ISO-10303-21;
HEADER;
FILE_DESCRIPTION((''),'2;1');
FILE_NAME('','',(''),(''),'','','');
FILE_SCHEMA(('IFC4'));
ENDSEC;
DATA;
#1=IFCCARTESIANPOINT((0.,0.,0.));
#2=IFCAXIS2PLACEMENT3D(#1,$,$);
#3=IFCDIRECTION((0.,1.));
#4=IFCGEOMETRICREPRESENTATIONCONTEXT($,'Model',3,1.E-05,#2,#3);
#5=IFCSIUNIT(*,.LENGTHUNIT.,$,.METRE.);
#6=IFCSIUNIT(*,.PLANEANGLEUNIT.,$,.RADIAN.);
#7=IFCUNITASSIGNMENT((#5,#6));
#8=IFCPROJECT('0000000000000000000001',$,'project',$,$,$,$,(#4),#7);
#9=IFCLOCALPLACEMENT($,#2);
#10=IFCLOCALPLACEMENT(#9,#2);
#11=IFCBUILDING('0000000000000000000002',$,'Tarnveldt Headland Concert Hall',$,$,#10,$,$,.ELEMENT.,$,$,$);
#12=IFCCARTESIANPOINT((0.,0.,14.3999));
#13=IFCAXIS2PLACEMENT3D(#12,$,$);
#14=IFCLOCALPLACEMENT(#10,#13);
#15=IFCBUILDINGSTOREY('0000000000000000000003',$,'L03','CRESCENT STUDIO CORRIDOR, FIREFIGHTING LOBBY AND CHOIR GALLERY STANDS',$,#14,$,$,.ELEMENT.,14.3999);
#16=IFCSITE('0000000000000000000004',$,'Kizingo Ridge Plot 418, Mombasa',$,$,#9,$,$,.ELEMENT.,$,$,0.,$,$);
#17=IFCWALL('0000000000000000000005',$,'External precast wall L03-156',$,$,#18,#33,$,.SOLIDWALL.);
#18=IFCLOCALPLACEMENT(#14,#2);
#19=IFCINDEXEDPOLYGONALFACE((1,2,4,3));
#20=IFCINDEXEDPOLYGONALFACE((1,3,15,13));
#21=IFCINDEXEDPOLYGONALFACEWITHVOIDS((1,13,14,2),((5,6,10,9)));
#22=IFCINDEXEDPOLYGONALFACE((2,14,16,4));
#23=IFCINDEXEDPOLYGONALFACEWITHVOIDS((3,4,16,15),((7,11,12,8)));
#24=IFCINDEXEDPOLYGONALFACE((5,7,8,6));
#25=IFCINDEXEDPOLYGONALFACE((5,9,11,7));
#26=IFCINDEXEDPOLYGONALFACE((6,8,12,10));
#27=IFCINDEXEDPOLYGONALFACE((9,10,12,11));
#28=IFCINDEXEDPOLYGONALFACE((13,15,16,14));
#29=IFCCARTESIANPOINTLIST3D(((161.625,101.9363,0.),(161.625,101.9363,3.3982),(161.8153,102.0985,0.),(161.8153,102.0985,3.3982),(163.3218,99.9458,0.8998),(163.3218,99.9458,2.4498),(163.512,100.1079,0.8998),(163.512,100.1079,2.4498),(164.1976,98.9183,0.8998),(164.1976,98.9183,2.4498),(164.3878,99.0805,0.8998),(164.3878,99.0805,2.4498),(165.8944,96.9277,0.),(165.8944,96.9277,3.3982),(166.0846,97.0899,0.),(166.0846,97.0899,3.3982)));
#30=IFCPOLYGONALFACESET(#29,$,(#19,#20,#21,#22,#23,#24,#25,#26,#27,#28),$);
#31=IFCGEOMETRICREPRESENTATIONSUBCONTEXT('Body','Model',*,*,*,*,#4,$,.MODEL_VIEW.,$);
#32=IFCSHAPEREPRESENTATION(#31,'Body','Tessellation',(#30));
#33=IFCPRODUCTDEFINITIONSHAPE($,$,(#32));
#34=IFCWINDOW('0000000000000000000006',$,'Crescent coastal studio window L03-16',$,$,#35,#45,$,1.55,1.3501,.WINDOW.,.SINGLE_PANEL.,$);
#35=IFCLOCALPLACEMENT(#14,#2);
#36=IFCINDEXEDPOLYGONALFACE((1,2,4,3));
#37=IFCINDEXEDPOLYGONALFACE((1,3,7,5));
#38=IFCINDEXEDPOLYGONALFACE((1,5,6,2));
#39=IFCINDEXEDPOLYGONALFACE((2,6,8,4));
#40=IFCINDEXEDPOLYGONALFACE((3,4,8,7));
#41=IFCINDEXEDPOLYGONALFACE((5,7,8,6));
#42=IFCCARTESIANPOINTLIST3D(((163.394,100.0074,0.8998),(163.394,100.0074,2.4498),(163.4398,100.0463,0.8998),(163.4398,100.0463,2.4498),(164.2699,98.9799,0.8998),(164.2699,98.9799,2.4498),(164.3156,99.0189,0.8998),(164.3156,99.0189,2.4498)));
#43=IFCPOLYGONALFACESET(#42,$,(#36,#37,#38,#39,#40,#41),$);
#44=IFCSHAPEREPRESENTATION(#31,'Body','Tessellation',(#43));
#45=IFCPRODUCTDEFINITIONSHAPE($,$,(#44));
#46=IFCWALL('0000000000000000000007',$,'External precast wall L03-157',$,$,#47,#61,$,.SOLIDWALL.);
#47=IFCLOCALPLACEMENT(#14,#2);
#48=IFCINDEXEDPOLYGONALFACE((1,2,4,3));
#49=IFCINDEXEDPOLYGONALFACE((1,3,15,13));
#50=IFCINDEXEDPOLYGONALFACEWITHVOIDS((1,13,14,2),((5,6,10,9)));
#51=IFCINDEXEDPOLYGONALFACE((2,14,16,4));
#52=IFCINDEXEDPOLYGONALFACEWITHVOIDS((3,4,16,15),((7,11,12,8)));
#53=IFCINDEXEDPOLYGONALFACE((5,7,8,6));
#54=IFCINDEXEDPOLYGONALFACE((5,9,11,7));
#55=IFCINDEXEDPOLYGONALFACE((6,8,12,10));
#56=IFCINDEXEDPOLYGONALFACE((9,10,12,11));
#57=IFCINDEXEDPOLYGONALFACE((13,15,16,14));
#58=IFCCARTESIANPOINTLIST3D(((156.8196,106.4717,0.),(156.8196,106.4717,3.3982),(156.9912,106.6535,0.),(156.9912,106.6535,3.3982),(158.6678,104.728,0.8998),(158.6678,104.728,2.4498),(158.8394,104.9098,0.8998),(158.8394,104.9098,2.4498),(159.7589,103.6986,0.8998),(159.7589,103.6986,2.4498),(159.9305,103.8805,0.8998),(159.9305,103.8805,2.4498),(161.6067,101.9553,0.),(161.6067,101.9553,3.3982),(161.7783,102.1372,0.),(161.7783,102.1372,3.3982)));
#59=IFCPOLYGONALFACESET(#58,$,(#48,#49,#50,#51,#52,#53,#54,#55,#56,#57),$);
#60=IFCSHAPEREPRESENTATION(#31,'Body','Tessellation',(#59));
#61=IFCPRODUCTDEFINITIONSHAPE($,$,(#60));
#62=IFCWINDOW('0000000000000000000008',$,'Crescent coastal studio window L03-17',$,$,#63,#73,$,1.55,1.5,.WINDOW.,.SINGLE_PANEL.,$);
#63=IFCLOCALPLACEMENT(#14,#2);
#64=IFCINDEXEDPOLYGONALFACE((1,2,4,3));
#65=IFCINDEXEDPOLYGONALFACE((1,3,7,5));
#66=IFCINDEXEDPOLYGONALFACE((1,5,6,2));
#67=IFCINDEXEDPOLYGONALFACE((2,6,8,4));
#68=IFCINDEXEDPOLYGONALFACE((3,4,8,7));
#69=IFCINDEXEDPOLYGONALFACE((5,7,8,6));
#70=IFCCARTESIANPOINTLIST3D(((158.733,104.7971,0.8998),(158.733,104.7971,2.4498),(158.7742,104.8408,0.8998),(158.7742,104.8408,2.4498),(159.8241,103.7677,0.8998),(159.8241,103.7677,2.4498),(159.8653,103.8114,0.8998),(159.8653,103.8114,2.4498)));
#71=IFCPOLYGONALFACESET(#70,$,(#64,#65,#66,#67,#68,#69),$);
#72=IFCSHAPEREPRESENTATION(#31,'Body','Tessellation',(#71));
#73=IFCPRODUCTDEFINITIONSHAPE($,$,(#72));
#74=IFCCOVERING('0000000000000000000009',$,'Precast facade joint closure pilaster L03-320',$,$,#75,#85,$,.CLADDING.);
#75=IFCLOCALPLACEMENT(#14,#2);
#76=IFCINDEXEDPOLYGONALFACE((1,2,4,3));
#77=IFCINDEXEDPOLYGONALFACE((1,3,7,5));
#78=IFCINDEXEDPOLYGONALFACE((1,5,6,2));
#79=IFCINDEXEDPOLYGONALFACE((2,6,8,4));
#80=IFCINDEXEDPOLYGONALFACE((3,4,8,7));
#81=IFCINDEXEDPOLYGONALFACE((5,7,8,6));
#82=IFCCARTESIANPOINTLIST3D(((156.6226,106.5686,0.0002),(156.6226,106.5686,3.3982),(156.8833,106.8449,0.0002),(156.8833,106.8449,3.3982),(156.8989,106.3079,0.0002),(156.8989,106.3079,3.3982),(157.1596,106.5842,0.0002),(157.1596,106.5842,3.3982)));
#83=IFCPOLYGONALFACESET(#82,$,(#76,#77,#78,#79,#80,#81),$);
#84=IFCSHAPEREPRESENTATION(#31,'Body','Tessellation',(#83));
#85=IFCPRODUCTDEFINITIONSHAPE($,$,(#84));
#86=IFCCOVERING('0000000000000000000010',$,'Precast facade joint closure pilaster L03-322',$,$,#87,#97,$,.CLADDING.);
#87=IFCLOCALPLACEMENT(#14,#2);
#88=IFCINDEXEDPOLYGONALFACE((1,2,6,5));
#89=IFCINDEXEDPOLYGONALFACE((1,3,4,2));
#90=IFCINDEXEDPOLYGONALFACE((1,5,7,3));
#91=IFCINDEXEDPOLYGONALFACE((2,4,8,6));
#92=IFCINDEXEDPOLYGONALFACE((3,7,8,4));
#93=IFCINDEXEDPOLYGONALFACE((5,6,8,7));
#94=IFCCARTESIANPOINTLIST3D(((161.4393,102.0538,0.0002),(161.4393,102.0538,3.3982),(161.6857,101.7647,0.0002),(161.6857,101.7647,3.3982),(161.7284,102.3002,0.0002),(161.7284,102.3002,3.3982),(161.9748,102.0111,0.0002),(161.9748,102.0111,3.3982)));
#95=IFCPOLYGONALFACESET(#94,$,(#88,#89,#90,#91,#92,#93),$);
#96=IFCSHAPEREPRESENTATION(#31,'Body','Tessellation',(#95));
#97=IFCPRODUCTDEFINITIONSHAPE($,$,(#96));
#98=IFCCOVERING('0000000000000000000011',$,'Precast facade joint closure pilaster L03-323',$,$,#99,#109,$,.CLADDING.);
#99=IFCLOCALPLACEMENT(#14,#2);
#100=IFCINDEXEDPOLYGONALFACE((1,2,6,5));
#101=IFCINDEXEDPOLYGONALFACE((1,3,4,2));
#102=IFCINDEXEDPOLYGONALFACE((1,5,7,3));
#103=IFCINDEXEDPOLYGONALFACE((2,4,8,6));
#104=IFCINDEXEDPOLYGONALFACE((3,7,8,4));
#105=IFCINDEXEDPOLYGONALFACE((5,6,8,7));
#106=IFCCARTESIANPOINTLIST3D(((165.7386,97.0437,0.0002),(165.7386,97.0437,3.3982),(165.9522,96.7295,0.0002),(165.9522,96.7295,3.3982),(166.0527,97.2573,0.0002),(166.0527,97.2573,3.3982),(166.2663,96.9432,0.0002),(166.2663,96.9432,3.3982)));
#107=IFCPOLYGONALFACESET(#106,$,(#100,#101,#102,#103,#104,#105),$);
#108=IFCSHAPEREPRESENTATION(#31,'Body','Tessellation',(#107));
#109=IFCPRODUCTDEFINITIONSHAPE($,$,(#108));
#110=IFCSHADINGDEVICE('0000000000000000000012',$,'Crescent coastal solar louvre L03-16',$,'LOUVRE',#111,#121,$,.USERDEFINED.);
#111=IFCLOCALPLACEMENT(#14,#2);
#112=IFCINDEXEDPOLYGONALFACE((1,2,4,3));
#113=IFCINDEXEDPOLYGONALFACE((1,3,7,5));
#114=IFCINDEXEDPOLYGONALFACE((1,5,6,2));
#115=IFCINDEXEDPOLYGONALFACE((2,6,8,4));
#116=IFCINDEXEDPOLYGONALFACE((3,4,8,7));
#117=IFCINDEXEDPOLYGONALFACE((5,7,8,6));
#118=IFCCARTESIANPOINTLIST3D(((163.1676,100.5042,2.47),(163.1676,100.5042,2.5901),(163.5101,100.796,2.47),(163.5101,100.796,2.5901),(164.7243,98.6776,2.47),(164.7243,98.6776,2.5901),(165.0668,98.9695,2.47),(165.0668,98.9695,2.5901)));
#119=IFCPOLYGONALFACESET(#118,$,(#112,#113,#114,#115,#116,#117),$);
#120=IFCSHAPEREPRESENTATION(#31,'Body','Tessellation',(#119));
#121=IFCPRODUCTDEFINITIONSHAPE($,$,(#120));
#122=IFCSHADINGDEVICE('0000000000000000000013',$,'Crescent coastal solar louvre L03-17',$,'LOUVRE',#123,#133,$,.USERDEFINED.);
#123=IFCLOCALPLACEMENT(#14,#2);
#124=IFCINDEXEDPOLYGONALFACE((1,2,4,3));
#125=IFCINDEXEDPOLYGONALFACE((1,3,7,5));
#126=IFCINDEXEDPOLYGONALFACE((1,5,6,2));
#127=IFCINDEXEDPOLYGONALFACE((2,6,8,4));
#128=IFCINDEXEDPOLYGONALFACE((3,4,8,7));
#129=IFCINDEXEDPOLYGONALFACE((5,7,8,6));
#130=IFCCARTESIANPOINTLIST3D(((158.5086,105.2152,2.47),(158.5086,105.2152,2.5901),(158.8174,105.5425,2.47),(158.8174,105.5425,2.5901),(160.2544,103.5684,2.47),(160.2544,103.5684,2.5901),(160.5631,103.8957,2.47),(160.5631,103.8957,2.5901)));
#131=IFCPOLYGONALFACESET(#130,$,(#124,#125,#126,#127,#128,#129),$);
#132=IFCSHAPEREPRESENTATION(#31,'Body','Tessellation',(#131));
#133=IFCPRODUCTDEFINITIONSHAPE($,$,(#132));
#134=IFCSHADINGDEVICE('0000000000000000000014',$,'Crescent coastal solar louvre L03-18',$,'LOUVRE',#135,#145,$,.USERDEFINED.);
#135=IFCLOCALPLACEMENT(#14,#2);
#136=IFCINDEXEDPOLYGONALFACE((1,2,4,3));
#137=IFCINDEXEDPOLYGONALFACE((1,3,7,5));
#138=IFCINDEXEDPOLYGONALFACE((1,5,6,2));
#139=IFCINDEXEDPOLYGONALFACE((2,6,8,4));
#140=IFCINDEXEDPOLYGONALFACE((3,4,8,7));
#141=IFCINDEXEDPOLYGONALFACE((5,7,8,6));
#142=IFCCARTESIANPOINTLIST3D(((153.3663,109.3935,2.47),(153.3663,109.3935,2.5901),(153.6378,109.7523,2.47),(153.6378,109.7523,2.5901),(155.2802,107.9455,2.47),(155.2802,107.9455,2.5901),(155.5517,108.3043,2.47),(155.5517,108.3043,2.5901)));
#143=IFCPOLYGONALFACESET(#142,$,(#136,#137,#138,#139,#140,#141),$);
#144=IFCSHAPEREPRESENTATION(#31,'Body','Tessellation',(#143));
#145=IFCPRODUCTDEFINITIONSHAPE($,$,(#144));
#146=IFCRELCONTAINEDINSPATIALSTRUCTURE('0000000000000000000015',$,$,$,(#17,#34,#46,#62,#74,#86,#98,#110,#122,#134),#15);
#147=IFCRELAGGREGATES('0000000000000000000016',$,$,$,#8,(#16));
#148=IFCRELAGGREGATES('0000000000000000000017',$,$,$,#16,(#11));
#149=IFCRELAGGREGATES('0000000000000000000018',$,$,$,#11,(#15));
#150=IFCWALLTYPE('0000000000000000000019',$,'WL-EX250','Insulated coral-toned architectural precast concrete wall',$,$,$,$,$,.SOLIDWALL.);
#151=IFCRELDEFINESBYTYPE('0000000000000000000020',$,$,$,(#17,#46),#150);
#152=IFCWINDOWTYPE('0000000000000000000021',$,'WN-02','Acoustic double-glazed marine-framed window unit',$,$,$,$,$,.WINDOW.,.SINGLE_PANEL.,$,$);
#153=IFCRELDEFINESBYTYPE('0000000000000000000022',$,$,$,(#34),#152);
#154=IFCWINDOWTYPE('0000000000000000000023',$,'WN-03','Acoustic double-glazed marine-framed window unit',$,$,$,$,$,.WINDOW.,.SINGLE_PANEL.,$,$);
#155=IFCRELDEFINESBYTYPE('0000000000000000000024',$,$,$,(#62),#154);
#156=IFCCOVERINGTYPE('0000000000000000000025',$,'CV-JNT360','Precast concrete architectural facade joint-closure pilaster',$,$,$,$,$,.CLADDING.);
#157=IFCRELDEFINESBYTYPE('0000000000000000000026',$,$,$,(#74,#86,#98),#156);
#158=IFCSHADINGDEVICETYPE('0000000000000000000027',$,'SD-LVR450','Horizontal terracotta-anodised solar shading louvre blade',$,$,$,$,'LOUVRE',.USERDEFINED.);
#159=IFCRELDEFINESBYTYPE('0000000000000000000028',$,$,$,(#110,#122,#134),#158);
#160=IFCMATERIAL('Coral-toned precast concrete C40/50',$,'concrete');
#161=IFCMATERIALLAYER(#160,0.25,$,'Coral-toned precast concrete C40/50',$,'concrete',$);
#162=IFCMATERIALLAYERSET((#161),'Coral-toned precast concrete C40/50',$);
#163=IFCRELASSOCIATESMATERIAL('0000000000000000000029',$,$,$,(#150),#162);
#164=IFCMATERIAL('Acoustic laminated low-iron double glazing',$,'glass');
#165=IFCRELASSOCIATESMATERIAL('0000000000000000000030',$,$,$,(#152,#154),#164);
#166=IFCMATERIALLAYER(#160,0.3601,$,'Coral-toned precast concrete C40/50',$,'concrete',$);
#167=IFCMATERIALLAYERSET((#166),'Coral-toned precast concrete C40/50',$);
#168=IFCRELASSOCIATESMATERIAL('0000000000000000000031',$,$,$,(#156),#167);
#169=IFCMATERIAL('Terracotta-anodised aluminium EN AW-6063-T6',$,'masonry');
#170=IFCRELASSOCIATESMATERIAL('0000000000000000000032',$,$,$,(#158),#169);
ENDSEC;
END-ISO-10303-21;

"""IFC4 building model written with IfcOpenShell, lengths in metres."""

from ifc_helpers import new_model, si_unit, direction, frame, frame_2d, origin, origin_2d, place, context, subcontext, project, spatial, rectangle, extrude, material, layer, layer_set, type_object, element, fill, save


model = new_model("IFC4")

# Units and contexts
model_context = context("Model", 3, precision=1e-05, world=origin(), true_north=direction((0.0, 1.0)))
body_context = subcontext(model_context, "Body", "Model", "MODEL_VIEW")
ifc_project = project(units=[si_unit("LENGTHUNIT", "METRE"), si_unit("PLANEANGLEUNIT", "RADIAN")], contexts=[model_context])

# Site, building, storey
site_placement = place(None, origin())
site = spatial("IfcSite", under=ifc_project, at=site_placement, Name="Kizingo Ridge Plot 418, Mombasa", CompositionType="ELEMENT", RefElevation=0.0)
building_placement = place(site_placement, origin())
building = spatial("IfcBuilding", under=site, at=building_placement, Name="Tarnveldt Headland Concert Hall", CompositionType="ELEMENT")
storey_placement = place(building_placement, frame((0.0, 0.0, 14.3999)))
storey = spatial("IfcBuildingStorey", under=building, at=storey_placement, Name="L03", Description="CRESCENT STUDIO CORRIDOR, FIREFIGHTING LOBBY AND CHOIR GALLERY STANDS", CompositionType="ELEMENT", Elevation=14.3999)

# Walls, openings, windows
ifc_material_1 = material(Name="Coral-toned precast concrete C40/50", Category="concrete")
ifc_layer_1 = layer(ifc_material_1, 0.25, Name="Coral-toned precast concrete C40/50", Category="concrete")
ifc_layer_set_1 = layer_set([ifc_layer_1], Name="Coral-toned precast concrete C40/50")
wall_type = type_object("IfcWallType", Name="WL-EX250", Description="Insulated coral-toned architectural precast concrete wall", PredefinedType="SOLIDWALL", material=ifc_layer_set_1)
ifc_material_2 = material(Name="Acoustic laminated low-iron double glazing", Category="glass")
wall_1_placement = place(storey_placement, frame((161.7202, 102.0173, 0.0), z_axis=(0.0, 0.0, 1.0), x_axis=(0.648708, -0.761037, 0.0)))
wall_1 = element("IfcWall", 1, at=wall_1_placement, inside=storey, type_object=wall_type, Name="External precast wall L03-156", PredefinedType="SOLIDWALL", context=body_context, shape_type="SweptSolid", body=[
    extrude(rectangle(XDim=6.5813, YDim=0.25, at=frame_2d((3.2905, 0.0))), origin(), (0.0, 0.0, 1.0), 3.3982),
])
opening_1_placement = place(wall_1_placement, frame((2.6155, 0.0, 0.8999)))
opening_1 = element("IfcOpeningElement", 2, at=opening_1_placement, cuts=wall_1, PredefinedType="OPENING", context=body_context, shape_type="SweptSolid", body=[
    extrude(rectangle(XDim=1.3501, YDim=1.55, at=frame_2d((0.675, 0.7749))), frame((0.0, 0.135, 0.0), z_axis=(0.0, -1.0, 0.0), x_axis=(1.0, 0.0, 0.0)), (0.0, 0.0, 1.0), 0.27),
])
window_type_1 = type_object("IfcWindowType", Name="WN-02", Description="Acoustic double-glazed marine-framed window unit", PartitioningType="SINGLE_PANEL", PredefinedType="WINDOW", material=ifc_material_2)
window_1_placement = place(opening_1_placement, origin())
window_1 = element("IfcWindow", 3, at=window_1_placement, inside=storey, type_object=window_type_1, Name="Crescent coastal studio window L03-16", OverallHeight=1.55, OverallWidth=1.3501, PartitioningType="SINGLE_PANEL", PredefinedType="WINDOW", context=body_context, shape_type="SweptSolid", body=[
    extrude(rectangle(XDim=1.3501, YDim=1.55, at=frame_2d((0.675, 0.7749))), frame((0.0, 0.03, 0.0), z_axis=(0.0, -1.0, 0.0), x_axis=(1.0, 0.0, 0.0)), (0.0, 0.0, 1.0), 0.0601),
])
fill(opening_1, window_1)
wall_2_placement = place(storey_placement, frame((156.9055, 106.5625, 0.0), z_axis=(0.0, 0.0, 1.0), x_axis=(0.727377, -0.686238, 0.0)))
wall_2 = element("IfcWall", 4, at=wall_2_placement, inside=storey, type_object=wall_type, Name="External precast wall L03-157", PredefinedType="SOLIDWALL", context=body_context, shape_type="SweptSolid", body=[
    extrude(rectangle(XDim=6.5813, YDim=0.25, at=frame_2d((3.2905, 0.0))), origin(), (0.0, 0.0, 1.0), 3.3982),
])
opening_2_placement = place(wall_2_placement, frame((2.5408, 0.0, 0.8999)))
opening_2 = element("IfcOpeningElement", 5, at=opening_2_placement, cuts=wall_2, PredefinedType="OPENING", context=body_context, shape_type="SweptSolid", body=[
    extrude(rectangle(XDim=1.5, YDim=1.55, at=frame_2d((0.75, 0.7749))), frame((0.0, 0.135, 0.0), z_axis=(0.0, -1.0, 0.0), x_axis=(1.0, 0.0, 0.0)), (0.0, 0.0, 1.0), 0.27),
])
window_type_2 = type_object("IfcWindowType", Name="WN-03", Description="Acoustic double-glazed marine-framed window unit", PartitioningType="SINGLE_PANEL", PredefinedType="WINDOW", material=ifc_material_2)
window_2_placement = place(opening_2_placement, origin())
window_2 = element("IfcWindow", 6, at=window_2_placement, inside=storey, type_object=window_type_2, Name="Crescent coastal studio window L03-17", OverallHeight=1.55, OverallWidth=1.5, PartitioningType="SINGLE_PANEL", PredefinedType="WINDOW", context=body_context, shape_type="SweptSolid", body=[
    extrude(rectangle(XDim=1.5, YDim=1.55, at=frame_2d((0.75, 0.7749))), frame((0.0, 0.03, 0.0), z_axis=(0.0, -1.0, 0.0), x_axis=(1.0, 0.0, 0.0)), (0.0, 0.0, 1.0), 0.0601),
])
fill(opening_2, window_2)

# Coverings
ifc_layer_2 = layer(ifc_material_1, 0.3601, Name="Coral-toned precast concrete C40/50", Category="concrete")
ifc_layer_set_2 = layer_set([ifc_layer_2], Name="Coral-toned precast concrete C40/50")
covering_type = type_object("IfcCoveringType", Name="CV-JNT360", Description="Precast concrete architectural facade joint-closure pilaster", PredefinedType="CLADDING", material=ifc_layer_set_2)
for number, where, z_axis, x_axis, name in (
    (7, (156.8911, 106.5764, 0.0002), (0.0, 0.0, 1.0), (0.727414, -0.686199, 0.0), "Precast facade joint closure pilaster L03-320"),
    (8, (161.707, 102.0325, 0.0002), (0.0, 0.0, 1.0), (0.648651, -0.761086, 0.0), "Precast facade joint closure pilaster L03-322"),
    (9, (166.0024, 96.9934, 0.0002), (0.0, 0.0, 1.0), (0.562372, -0.826884, 0.0), "Precast facade joint closure pilaster L03-323"),
):
    element("IfcCovering", number, at=place(storey_placement, frame(where, z_axis=z_axis, x_axis=x_axis)), inside=storey, type_object=covering_type, Name=name, PredefinedType="CLADDING", context=body_context, shape_type="SweptSolid", body=[
        extrude(rectangle(XDim=0.3799, YDim=0.3799, at=origin_2d()), origin(), (0.0, 0.0, 1.0), 3.3979),
    ])

# Shading devices
ifc_material_3 = material(Name="Terracotta-anodised aluminium EN AW-6063-T6", Category="masonry")
shading_device_type = type_object("IfcShadingDeviceType", Name="SD-LVR450", Description="Horizontal terracotta-anodised solar shading louvre blade", ElementType="LOUVRE", PredefinedType="USERDEFINED", material=ifc_material_3)
for number, where, z_axis, x_axis, name in (
    (10, (164.1172, 99.7368, 2.47), (0.0, 0.0, 1.0), (0.761086, 0.648651, 0.0), "Crescent coastal solar louvre L03-16"),
    (11, (159.5359, 104.5554, 2.47), (0.0, 0.0, 1.0), (0.686199, 0.727414, 0.0), "Crescent coastal solar louvre L03-17"),
    (12, (154.459, 108.8489, 2.47), (0.0, 0.0, 1.0), (0.603347, 0.797479, 0.0), "Crescent coastal solar louvre L03-18"),
):
    element("IfcShadingDevice", number, at=place(storey_placement, frame(where, z_axis=z_axis, x_axis=x_axis)), inside=storey, type_object=shading_device_type, Name=name, ObjectType="LOUVRE", PredefinedType="USERDEFINED", context=body_context, shape_type="SweptSolid", body=[
        extrude(rectangle(XDim=0.45, YDim=2.3999, at=origin_2d()), origin(), (0.0, 0.0, 1.0), 0.1201),
    ])

save(model, "model.ifc")
